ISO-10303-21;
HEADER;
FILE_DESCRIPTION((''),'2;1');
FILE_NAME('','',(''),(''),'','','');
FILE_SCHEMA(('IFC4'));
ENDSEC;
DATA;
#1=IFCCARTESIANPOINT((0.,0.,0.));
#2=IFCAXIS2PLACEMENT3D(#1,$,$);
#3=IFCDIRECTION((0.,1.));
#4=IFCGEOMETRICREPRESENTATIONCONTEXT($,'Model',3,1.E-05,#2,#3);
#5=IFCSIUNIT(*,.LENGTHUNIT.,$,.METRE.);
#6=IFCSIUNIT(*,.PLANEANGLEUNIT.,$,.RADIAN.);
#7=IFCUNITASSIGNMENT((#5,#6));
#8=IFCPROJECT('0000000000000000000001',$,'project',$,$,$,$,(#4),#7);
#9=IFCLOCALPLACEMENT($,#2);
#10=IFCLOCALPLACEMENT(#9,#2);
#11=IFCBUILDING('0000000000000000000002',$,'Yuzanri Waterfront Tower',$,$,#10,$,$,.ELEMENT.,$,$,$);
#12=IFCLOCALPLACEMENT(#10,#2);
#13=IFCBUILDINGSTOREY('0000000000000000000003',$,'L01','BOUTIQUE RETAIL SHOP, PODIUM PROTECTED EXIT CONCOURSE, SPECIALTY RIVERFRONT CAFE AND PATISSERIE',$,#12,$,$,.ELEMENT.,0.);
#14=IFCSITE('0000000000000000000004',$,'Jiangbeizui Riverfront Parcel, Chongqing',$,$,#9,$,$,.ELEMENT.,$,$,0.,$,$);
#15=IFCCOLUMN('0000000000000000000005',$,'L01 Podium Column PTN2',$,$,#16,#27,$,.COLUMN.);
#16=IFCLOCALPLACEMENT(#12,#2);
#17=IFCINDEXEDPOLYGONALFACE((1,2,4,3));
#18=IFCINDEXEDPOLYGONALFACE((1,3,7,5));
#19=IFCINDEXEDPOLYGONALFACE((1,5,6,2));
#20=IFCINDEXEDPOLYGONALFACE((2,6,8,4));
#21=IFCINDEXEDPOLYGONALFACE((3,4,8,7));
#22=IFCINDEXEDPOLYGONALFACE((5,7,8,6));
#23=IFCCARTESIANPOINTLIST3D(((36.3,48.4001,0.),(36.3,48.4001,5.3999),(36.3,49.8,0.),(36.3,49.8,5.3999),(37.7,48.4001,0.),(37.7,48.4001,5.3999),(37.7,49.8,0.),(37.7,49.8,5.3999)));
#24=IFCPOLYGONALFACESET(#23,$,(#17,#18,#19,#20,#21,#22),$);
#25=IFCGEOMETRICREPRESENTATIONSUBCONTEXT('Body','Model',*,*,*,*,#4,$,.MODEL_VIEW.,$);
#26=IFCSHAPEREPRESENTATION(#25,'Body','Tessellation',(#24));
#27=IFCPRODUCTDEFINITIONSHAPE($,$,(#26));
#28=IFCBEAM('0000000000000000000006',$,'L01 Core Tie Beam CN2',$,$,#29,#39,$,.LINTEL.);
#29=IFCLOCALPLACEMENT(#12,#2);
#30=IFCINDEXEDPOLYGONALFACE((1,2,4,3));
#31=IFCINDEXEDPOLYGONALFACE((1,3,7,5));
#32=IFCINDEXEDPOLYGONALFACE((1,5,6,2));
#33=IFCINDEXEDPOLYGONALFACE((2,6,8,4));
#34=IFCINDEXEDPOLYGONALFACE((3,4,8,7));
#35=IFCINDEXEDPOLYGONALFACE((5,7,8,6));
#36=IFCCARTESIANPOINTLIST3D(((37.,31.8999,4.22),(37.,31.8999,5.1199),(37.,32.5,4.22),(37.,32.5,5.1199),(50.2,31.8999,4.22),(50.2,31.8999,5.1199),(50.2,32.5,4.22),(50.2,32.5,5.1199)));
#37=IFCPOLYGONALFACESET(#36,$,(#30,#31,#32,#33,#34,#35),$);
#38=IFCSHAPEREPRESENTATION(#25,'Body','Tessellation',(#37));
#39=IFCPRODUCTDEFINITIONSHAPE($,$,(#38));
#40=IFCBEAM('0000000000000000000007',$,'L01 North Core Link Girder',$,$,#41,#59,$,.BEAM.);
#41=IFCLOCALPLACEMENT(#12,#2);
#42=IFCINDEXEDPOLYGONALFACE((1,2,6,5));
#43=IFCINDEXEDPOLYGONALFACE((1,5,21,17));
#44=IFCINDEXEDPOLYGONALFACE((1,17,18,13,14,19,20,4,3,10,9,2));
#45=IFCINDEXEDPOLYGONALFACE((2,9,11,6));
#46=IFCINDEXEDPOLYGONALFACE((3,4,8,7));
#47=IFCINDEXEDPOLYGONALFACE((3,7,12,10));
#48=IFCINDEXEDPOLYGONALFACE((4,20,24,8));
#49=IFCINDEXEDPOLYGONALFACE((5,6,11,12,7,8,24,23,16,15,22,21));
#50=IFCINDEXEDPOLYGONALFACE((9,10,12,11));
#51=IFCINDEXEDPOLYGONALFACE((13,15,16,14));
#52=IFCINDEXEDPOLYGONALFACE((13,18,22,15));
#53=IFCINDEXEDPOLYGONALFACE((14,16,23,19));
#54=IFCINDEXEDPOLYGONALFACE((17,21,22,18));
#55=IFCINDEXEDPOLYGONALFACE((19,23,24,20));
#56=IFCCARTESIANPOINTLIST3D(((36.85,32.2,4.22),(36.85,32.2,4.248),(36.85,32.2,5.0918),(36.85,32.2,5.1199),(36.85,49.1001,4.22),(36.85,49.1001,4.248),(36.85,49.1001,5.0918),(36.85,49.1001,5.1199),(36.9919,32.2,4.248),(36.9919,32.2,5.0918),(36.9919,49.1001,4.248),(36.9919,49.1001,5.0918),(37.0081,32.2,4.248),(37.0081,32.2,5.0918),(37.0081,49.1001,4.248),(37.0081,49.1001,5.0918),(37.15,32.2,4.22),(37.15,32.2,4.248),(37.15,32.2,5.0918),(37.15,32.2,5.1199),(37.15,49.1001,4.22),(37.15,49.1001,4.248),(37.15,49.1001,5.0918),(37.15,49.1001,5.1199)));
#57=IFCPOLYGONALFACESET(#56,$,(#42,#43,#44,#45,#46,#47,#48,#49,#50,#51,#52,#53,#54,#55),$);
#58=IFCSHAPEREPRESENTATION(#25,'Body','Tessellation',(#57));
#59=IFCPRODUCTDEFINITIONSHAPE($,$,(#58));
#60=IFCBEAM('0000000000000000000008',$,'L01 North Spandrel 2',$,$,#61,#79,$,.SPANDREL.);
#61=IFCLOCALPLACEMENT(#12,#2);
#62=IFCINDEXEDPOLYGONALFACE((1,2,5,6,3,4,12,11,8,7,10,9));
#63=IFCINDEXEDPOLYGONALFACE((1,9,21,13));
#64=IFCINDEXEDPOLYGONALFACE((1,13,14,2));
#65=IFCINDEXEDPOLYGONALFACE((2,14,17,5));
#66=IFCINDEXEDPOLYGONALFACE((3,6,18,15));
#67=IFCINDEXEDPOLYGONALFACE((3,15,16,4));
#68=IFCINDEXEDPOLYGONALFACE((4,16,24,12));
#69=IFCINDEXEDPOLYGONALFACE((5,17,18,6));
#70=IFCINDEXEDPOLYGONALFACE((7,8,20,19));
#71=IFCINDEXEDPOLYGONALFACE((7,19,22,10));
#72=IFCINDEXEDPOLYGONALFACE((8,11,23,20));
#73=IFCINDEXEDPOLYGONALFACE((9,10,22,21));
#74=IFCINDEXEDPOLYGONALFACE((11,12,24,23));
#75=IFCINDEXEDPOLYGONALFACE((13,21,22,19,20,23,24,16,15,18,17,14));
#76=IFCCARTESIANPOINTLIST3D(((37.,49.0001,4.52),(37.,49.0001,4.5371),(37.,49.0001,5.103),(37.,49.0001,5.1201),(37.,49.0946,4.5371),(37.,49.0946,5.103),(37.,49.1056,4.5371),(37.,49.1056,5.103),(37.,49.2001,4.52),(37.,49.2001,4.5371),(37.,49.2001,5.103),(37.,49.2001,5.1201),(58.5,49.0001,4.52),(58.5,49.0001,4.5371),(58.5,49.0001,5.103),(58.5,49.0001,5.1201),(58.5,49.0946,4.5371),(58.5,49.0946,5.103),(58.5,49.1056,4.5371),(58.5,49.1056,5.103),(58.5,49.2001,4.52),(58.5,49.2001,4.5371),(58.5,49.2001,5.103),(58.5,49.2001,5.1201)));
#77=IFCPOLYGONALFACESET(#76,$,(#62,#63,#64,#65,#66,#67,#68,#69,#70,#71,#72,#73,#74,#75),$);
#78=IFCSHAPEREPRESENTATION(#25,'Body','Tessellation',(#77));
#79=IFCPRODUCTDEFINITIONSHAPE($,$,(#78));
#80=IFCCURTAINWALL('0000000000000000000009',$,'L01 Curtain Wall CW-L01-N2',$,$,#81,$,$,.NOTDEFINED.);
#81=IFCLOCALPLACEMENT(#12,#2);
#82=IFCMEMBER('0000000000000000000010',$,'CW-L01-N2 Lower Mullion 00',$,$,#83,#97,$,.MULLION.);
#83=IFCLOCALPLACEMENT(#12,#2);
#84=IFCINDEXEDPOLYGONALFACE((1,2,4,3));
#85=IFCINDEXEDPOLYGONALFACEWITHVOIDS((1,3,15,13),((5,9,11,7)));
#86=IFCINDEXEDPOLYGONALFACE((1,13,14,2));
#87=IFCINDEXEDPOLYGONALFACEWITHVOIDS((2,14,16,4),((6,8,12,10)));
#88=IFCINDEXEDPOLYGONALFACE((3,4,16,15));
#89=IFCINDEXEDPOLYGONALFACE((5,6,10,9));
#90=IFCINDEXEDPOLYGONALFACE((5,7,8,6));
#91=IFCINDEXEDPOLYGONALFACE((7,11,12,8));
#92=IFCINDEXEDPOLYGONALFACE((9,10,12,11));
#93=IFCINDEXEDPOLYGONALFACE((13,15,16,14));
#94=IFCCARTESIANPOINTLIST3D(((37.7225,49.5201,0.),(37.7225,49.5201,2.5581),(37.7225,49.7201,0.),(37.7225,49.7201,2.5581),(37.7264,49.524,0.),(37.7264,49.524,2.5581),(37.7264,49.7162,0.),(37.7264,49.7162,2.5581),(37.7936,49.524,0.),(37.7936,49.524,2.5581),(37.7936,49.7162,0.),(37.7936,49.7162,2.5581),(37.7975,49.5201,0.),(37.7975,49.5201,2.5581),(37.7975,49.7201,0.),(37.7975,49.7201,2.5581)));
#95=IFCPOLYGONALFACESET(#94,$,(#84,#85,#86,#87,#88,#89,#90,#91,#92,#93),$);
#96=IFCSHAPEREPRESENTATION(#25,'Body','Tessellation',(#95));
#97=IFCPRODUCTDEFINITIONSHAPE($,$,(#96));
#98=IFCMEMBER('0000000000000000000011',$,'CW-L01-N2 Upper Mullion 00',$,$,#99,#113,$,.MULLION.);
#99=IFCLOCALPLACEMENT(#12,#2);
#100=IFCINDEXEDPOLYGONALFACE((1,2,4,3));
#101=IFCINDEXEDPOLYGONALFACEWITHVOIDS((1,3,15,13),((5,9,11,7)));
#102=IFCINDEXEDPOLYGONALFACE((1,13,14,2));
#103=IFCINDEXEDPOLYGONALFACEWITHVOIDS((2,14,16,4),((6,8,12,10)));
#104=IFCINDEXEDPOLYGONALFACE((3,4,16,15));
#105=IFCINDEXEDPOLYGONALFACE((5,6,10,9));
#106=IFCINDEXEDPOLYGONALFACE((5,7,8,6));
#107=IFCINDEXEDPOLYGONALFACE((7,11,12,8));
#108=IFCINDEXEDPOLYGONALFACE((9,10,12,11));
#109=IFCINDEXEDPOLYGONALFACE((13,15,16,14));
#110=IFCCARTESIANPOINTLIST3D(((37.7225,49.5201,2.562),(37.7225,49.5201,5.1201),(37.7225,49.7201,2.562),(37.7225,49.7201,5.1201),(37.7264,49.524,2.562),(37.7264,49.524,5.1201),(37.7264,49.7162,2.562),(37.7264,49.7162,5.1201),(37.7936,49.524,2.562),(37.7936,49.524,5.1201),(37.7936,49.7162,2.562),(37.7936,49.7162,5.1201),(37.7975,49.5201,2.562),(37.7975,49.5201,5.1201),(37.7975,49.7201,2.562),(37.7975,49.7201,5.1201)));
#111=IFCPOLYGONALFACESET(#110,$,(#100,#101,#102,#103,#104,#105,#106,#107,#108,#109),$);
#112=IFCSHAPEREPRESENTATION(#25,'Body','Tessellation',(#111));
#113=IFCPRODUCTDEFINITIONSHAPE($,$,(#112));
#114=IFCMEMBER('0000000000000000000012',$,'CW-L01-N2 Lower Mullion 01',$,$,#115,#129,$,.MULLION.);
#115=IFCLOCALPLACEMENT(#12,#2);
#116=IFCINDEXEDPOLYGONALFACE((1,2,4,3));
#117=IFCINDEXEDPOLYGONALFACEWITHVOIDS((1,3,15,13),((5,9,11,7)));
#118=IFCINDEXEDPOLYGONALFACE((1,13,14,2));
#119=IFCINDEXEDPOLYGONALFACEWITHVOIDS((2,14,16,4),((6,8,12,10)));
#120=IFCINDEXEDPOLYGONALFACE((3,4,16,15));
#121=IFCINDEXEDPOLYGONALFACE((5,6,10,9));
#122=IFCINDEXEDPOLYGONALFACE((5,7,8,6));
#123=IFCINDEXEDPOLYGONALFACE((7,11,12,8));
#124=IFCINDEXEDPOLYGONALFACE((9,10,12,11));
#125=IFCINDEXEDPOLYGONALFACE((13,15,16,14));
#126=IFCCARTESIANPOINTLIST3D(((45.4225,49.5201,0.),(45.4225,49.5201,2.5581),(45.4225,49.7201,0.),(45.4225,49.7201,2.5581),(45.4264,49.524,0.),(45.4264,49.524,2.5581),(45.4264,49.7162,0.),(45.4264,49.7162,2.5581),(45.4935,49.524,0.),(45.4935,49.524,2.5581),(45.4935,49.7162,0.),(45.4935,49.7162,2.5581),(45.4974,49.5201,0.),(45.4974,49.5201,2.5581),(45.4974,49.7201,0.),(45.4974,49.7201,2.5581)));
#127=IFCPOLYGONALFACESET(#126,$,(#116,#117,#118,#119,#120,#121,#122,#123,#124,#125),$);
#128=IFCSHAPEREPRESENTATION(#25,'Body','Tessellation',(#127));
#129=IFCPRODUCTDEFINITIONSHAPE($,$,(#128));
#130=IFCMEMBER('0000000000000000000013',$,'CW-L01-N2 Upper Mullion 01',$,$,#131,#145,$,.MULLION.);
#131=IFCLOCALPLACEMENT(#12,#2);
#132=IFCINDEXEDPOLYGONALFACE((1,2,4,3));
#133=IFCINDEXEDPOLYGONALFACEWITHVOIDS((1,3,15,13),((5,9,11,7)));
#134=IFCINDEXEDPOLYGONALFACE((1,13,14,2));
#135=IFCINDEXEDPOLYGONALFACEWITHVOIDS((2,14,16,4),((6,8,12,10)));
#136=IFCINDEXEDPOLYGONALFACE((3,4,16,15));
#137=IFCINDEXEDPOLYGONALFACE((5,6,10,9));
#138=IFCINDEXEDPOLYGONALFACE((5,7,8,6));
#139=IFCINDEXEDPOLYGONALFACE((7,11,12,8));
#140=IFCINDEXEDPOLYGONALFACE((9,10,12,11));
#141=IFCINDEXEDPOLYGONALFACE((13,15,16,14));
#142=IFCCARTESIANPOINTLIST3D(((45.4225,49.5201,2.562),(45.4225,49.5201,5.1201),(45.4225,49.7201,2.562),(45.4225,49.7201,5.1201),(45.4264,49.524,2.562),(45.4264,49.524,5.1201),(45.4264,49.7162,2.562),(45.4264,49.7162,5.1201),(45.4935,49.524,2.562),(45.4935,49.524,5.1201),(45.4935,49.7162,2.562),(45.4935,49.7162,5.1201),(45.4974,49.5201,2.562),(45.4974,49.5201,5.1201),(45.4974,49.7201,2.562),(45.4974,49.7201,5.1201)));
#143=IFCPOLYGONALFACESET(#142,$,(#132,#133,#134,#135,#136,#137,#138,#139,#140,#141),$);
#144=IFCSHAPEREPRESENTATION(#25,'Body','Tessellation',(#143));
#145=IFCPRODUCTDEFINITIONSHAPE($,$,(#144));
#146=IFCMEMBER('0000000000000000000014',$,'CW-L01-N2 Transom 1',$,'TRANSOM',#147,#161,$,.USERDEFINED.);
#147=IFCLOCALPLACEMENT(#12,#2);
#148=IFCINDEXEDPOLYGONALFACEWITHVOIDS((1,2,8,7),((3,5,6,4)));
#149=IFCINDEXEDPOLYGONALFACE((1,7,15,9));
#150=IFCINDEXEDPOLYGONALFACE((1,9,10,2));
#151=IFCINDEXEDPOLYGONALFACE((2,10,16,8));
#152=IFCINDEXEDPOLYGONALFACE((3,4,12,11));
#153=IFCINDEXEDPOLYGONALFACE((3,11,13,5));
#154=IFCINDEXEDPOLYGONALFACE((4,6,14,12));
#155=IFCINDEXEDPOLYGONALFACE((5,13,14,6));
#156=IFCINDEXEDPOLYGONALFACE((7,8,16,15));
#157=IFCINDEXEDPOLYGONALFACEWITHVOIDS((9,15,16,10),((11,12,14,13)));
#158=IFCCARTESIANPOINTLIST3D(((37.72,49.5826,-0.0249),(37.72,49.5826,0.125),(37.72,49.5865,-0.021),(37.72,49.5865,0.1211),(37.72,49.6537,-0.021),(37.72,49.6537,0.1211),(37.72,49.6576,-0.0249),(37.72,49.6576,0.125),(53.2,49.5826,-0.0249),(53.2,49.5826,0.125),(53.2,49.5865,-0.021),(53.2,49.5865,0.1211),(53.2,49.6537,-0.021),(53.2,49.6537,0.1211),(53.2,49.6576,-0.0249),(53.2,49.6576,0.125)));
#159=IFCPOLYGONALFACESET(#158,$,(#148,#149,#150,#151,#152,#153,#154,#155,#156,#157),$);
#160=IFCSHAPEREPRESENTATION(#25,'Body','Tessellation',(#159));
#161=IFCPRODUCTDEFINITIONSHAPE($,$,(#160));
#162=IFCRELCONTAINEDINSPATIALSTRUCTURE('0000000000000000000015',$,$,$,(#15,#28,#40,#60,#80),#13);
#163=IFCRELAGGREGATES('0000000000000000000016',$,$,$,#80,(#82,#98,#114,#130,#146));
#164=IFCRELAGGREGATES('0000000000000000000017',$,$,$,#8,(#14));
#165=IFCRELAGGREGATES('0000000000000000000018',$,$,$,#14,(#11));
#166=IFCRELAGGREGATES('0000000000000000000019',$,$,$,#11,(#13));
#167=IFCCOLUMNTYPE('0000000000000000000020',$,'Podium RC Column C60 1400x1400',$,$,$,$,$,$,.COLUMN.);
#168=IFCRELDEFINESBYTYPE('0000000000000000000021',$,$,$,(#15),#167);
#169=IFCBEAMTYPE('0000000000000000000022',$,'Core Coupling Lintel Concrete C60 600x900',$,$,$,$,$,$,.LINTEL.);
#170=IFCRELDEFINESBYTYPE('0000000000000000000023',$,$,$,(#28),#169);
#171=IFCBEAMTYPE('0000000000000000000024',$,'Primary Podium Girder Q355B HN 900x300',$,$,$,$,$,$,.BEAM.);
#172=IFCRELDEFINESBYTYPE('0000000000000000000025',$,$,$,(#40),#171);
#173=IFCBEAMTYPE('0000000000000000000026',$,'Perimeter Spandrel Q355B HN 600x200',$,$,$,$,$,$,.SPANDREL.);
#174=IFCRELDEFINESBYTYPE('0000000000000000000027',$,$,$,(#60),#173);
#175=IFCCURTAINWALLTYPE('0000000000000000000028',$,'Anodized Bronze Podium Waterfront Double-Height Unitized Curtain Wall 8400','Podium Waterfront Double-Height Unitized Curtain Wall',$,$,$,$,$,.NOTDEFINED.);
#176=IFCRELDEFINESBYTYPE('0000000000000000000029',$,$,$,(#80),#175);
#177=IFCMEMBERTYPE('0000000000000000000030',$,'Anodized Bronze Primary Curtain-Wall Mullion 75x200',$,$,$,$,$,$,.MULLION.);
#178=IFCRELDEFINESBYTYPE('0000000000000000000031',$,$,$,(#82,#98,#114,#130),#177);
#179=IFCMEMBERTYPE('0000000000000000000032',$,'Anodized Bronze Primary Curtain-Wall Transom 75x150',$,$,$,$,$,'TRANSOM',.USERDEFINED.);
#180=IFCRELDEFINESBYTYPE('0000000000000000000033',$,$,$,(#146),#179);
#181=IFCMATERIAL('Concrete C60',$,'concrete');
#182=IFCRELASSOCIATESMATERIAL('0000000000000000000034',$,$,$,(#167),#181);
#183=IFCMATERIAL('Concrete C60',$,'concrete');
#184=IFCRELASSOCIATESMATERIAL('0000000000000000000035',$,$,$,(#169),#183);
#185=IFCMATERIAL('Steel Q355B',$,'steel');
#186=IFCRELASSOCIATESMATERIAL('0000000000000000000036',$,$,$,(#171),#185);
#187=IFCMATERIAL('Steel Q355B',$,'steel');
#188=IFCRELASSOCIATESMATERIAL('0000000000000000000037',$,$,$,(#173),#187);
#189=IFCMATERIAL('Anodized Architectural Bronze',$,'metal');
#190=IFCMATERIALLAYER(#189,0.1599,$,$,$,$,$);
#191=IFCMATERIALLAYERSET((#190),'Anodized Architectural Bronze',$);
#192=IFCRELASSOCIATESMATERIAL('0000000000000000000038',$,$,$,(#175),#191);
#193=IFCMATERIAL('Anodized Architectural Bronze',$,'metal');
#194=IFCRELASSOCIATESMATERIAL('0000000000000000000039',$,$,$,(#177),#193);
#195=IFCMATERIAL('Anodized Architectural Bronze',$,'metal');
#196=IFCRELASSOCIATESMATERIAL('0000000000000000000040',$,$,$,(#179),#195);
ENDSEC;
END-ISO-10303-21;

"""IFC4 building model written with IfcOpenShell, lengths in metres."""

from ifc_helpers import new_model, si_unit, direction, frame, origin, origin_2d, place, context, subcontext, project, spatial, rectangle, hollow_rectangle, i_section, extrude, source, transform, mapped, material, layer, layer_set, material_profile, profile_set, type_object, element, aggregate, save


model = new_model("IFC4")

# Units and contexts
model_context = context("Model", 3, precision=1e-05, world=origin(), true_north=direction((0.0, 1.0)))
body_context = subcontext(model_context, "Body", "Model", "MODEL_VIEW")
ifc_project = project(units=[si_unit("LENGTHUNIT", "METRE"), si_unit("PLANEANGLEUNIT", "RADIAN")], contexts=[model_context])

# Site, building, storey
site_placement = place(None, origin())
site = spatial("IfcSite", under=ifc_project, at=site_placement, Name="Jiangbeizui Riverfront Parcel, Chongqing", CompositionType="ELEMENT", RefElevation=0.0)
building_placement = place(site_placement, origin())
building = spatial("IfcBuilding", under=site, at=building_placement, Name="Yuzanri Waterfront Tower", CompositionType="ELEMENT")
storey_placement = place(building_placement, origin())
storey = spatial("IfcBuildingStorey", under=building, at=storey_placement, Name="L01", Description="BOUTIQUE RETAIL SHOP, PODIUM PROTECTED EXIT CONCOURSE, SPECIALTY RIVERFRONT CAFE AND PATISSERIE", CompositionType="ELEMENT", Elevation=0.0)

# Column
ifc_material_1 = material(Name="Concrete C60", Category="concrete")
ifc_material_profile_1 = material_profile(ifc_material_1, rectangle(XDim=1.3999, YDim=1.3999, at=origin_2d()), Name="RC 1400x1400")
ifc_profile_set_1 = profile_set([ifc_material_profile_1], Name="Concrete C60")
column_type = type_object("IfcColumnType", Name="Podium RC Column C60 1400x1400", PredefinedType="COLUMN", material=ifc_profile_set_1)
shared_shape_1 = source(origin(), body_context, "Body", "SweptSolid", [
    extrude(rectangle(XDim=1.3999, YDim=1.3999, at=origin_2d()), origin(), (0.0, 0.0, 1.0), 5.3999),
])
column_placement = place(storey_placement, frame((37.0, 49.1001, 0.0), z_axis=(0.0, 0.0, 1.0), x_axis=(1.0, 0.0, 0.0)))
element("IfcColumn", 1, at=column_placement, inside=storey, type_object=column_type, Name="L01 Podium Column PTN2", PredefinedType="COLUMN", context=body_context, shape_type="MappedRepresentation", body=[
    mapped(shared_shape_1, transform((0.0, 0.0, 0.0), scale=1.0)),
])

# Beams
ifc_material_2 = material(Name="Concrete C60", Category="concrete")
ifc_material_profile_2 = material_profile(ifc_material_2, rectangle(XDim=0.6001, YDim=0.8999, at=origin_2d()), Name="RC 600x900")
ifc_profile_set_2 = profile_set([ifc_material_profile_2], Name="Concrete C60")
beam_type_1 = type_object("IfcBeamType", Name="Core Coupling Lintel Concrete C60 600x900", PredefinedType="LINTEL", material=ifc_profile_set_2)
shared_shape_2 = source(origin(), body_context, "Body", "SweptSolid", [
    extrude(rectangle(XDim=0.6001, YDim=0.8999, at=origin_2d()), origin(), (0.0, 0.0, 1.0), 13.2),
])
beam_1_placement = place(storey_placement, frame((37.0, 32.2, 4.6699), z_axis=(1.0, 0.0, 0.0), x_axis=(0.0, 1.0, 0.0)))
element("IfcBeam", 2, at=beam_1_placement, inside=storey, type_object=beam_type_1, Name="L01 Core Tie Beam CN2", PredefinedType="LINTEL", context=body_context, shape_type="MappedRepresentation", body=[
    mapped(shared_shape_2, transform((0.0, 0.0, 0.0), scale=1.0)),
])
ifc_material_3 = material(Name="Steel Q355B", Category="steel")
ifc_material_profile_3 = material_profile(ifc_material_3, i_section(OverallWidth=0.3, OverallDepth=0.8999, WebThickness=0.0161, FlangeThickness=0.0281, at=origin_2d()), Name="HN 900x300x16x28")
ifc_profile_set_3 = profile_set([ifc_material_profile_3], Name="Steel Q355B")
beam_type_2 = type_object("IfcBeamType", Name="Primary Podium Girder Q355B HN 900x300", PredefinedType="BEAM", material=ifc_profile_set_3)
shared_shape_3 = source(origin(), body_context, "Body", "SweptSolid", [
    extrude(i_section(OverallWidth=0.3, OverallDepth=0.8999, WebThickness=0.0161, FlangeThickness=0.0281, at=origin_2d()), origin(), (0.0, 0.0, 1.0), 16.9001),
])
beam_2_placement = place(storey_placement, frame((37.0, 32.2, 4.6699), z_axis=(0.0, 1.0, 0.0), x_axis=(-1.0, 0.0, 0.0)))
element("IfcBeam", 3, at=beam_2_placement, inside=storey, type_object=beam_type_2, Name="L01 North Core Link Girder", PredefinedType="BEAM", context=body_context, shape_type="MappedRepresentation", body=[
    mapped(shared_shape_3, transform((0.0, 0.0, 0.0), scale=1.0)),
])
ifc_material_4 = material(Name="Steel Q355B", Category="steel")
ifc_material_profile_4 = material_profile(ifc_material_4, i_section(OverallWidth=0.2, OverallDepth=0.6001, WebThickness=0.011, FlangeThickness=0.0171, at=origin_2d()), Name="HN 600x200x11x17")
ifc_profile_set_4 = profile_set([ifc_material_profile_4], Name="Steel Q355B")
beam_type_3 = type_object("IfcBeamType", Name="Perimeter Spandrel Q355B HN 600x200", PredefinedType="SPANDREL", material=ifc_profile_set_4)
shared_shape_4 = source(origin(), body_context, "Body", "SweptSolid", [
    extrude(i_section(OverallWidth=0.2, OverallDepth=0.6001, WebThickness=0.011, FlangeThickness=0.0171, at=origin_2d()), origin(), (0.0, 0.0, 1.0), 21.5),
])
beam_3_placement = place(storey_placement, frame((37.0, 49.1001, 4.8201), z_axis=(1.0, 0.0, 0.0), x_axis=(0.0, 1.0, 0.0)))
element("IfcBeam", 4, at=beam_3_placement, inside=storey, type_object=beam_type_3, Name="L01 North Spandrel 2", PredefinedType="SPANDREL", context=body_context, shape_type="MappedRepresentation", body=[
    mapped(shared_shape_4, transform((0.0, 0.0, 0.0), scale=1.0)),
])

# Curtain wall, members
ifc_material_5 = material(Name="Anodized Architectural Bronze", Category="metal")
ifc_layer_1 = layer(ifc_material_5, 0.1599)
ifc_layer_set_1 = layer_set([ifc_layer_1], Name="Anodized Architectural Bronze")
curtain_wall_type = type_object("IfcCurtainWallType", Name="Anodized Bronze Podium Waterfront Double-Height Unitized Curtain Wall 8400", Description="Podium Waterfront Double-Height Unitized Curtain Wall", PredefinedType="NOTDEFINED", material=ifc_layer_set_1)
curtain_wall_placement = place(storey_placement, origin())
curtain_wall = element("IfcCurtainWall", 5, at=curtain_wall_placement, inside=storey, type_object=curtain_wall_type, Name="L01 Curtain Wall CW-L01-N2", PredefinedType="NOTDEFINED")
ifc_material_6 = material(Name="Anodized Architectural Bronze", Category="metal")
ifc_material_profile_5 = material_profile(ifc_material_6, hollow_rectangle(XDim=0.075, YDim=0.2, WallThickness=0.0039, at=origin_2d()), Name="CWM 75x200")
ifc_profile_set_5 = profile_set([ifc_material_profile_5], Name="Anodized Architectural Bronze")
member_type_1 = type_object("IfcMemberType", Name="Anodized Bronze Primary Curtain-Wall Mullion 75x200", PredefinedType="MULLION", material=ifc_profile_set_5)
shared_shape_5 = source(origin(), body_context, "Body", "SweptSolid", [
    extrude(hollow_rectangle(XDim=0.075, YDim=0.2, WallThickness=0.0039, at=origin_2d()), origin(), (0.0, 0.0, 1.0), 2.5581),
])
member_1_placement = place(storey_placement, frame((37.76, 49.6201, 0.0), z_axis=(0.0, 0.0, 1.0), x_axis=(1.0, 0.0, 0.0)))
member_1 = element("IfcMember", 6, at=member_1_placement, type_object=member_type_1, Name="CW-L01-N2 Lower Mullion 00", PredefinedType="MULLION", context=body_context, shape_type="MappedRepresentation", body=[
    mapped(shared_shape_5, transform((0.0, 0.0, 0.0), scale=1.0)),
])
member_2_placement = place(storey_placement, frame((37.76, 49.6201, 2.562), z_axis=(0.0, 0.0, 1.0), x_axis=(1.0, 0.0, 0.0)))
member_2 = element("IfcMember", 7, at=member_2_placement, type_object=member_type_1, Name="CW-L01-N2 Upper Mullion 00", PredefinedType="MULLION", context=body_context, shape_type="MappedRepresentation", body=[
    mapped(shared_shape_5, transform((0.0, 0.0, 0.0), scale=1.0)),
])
member_3_placement = place(storey_placement, frame((45.46, 49.6201, 0.0), z_axis=(0.0, 0.0, 1.0), x_axis=(1.0, 0.0, 0.0)))
member_3 = element("IfcMember", 8, at=member_3_placement, type_object=member_type_1, Name="CW-L01-N2 Lower Mullion 01", PredefinedType="MULLION", context=body_context, shape_type="MappedRepresentation", body=[
    mapped(shared_shape_5, transform((0.0, 0.0, 0.0), scale=1.0)),
])
member_4_placement = place(storey_placement, frame((45.46, 49.6201, 2.562), z_axis=(0.0, 0.0, 1.0), x_axis=(1.0, 0.0, 0.0)))
member_4 = element("IfcMember", 9, at=member_4_placement, type_object=member_type_1, Name="CW-L01-N2 Upper Mullion 01", PredefinedType="MULLION", context=body_context, shape_type="MappedRepresentation", body=[
    mapped(shared_shape_5, transform((0.0, 0.0, 0.0), scale=1.0)),
])
ifc_material_7 = material(Name="Anodized Architectural Bronze", Category="metal")
ifc_material_profile_6 = material_profile(ifc_material_7, hollow_rectangle(XDim=0.075, YDim=0.1499, WallThickness=0.0039, at=origin_2d()), Name="CWT 75x150")
ifc_profile_set_6 = profile_set([ifc_material_profile_6], Name="Anodized Architectural Bronze")
member_type_2 = type_object("IfcMemberType", Name="Anodized Bronze Primary Curtain-Wall Transom 75x150", ElementType="TRANSOM", PredefinedType="USERDEFINED", material=ifc_profile_set_6)
shared_shape_6 = source(origin(), body_context, "Body", "SweptSolid", [
    extrude(hollow_rectangle(XDim=0.075, YDim=0.1499, WallThickness=0.0039, at=origin_2d()), origin(), (0.0, 0.0, 1.0), 15.48),
])
member_5_placement = place(storey_placement, frame((37.72, 49.6201, 0.05), z_axis=(1.0, 0.0, 0.0), x_axis=(0.0, 1.0, 0.0)))
member_5 = element("IfcMember", 10, at=member_5_placement, type_object=member_type_2, Name="CW-L01-N2 Transom 1", ObjectType="TRANSOM", PredefinedType="USERDEFINED", context=body_context, shape_type="MappedRepresentation", body=[
    mapped(shared_shape_6, transform((0.0, 0.0, 0.0), scale=1.0)),
])
aggregate(curtain_wall, [member_1, member_2, member_3, member_4, member_5])

save(model, "model.ifc")
